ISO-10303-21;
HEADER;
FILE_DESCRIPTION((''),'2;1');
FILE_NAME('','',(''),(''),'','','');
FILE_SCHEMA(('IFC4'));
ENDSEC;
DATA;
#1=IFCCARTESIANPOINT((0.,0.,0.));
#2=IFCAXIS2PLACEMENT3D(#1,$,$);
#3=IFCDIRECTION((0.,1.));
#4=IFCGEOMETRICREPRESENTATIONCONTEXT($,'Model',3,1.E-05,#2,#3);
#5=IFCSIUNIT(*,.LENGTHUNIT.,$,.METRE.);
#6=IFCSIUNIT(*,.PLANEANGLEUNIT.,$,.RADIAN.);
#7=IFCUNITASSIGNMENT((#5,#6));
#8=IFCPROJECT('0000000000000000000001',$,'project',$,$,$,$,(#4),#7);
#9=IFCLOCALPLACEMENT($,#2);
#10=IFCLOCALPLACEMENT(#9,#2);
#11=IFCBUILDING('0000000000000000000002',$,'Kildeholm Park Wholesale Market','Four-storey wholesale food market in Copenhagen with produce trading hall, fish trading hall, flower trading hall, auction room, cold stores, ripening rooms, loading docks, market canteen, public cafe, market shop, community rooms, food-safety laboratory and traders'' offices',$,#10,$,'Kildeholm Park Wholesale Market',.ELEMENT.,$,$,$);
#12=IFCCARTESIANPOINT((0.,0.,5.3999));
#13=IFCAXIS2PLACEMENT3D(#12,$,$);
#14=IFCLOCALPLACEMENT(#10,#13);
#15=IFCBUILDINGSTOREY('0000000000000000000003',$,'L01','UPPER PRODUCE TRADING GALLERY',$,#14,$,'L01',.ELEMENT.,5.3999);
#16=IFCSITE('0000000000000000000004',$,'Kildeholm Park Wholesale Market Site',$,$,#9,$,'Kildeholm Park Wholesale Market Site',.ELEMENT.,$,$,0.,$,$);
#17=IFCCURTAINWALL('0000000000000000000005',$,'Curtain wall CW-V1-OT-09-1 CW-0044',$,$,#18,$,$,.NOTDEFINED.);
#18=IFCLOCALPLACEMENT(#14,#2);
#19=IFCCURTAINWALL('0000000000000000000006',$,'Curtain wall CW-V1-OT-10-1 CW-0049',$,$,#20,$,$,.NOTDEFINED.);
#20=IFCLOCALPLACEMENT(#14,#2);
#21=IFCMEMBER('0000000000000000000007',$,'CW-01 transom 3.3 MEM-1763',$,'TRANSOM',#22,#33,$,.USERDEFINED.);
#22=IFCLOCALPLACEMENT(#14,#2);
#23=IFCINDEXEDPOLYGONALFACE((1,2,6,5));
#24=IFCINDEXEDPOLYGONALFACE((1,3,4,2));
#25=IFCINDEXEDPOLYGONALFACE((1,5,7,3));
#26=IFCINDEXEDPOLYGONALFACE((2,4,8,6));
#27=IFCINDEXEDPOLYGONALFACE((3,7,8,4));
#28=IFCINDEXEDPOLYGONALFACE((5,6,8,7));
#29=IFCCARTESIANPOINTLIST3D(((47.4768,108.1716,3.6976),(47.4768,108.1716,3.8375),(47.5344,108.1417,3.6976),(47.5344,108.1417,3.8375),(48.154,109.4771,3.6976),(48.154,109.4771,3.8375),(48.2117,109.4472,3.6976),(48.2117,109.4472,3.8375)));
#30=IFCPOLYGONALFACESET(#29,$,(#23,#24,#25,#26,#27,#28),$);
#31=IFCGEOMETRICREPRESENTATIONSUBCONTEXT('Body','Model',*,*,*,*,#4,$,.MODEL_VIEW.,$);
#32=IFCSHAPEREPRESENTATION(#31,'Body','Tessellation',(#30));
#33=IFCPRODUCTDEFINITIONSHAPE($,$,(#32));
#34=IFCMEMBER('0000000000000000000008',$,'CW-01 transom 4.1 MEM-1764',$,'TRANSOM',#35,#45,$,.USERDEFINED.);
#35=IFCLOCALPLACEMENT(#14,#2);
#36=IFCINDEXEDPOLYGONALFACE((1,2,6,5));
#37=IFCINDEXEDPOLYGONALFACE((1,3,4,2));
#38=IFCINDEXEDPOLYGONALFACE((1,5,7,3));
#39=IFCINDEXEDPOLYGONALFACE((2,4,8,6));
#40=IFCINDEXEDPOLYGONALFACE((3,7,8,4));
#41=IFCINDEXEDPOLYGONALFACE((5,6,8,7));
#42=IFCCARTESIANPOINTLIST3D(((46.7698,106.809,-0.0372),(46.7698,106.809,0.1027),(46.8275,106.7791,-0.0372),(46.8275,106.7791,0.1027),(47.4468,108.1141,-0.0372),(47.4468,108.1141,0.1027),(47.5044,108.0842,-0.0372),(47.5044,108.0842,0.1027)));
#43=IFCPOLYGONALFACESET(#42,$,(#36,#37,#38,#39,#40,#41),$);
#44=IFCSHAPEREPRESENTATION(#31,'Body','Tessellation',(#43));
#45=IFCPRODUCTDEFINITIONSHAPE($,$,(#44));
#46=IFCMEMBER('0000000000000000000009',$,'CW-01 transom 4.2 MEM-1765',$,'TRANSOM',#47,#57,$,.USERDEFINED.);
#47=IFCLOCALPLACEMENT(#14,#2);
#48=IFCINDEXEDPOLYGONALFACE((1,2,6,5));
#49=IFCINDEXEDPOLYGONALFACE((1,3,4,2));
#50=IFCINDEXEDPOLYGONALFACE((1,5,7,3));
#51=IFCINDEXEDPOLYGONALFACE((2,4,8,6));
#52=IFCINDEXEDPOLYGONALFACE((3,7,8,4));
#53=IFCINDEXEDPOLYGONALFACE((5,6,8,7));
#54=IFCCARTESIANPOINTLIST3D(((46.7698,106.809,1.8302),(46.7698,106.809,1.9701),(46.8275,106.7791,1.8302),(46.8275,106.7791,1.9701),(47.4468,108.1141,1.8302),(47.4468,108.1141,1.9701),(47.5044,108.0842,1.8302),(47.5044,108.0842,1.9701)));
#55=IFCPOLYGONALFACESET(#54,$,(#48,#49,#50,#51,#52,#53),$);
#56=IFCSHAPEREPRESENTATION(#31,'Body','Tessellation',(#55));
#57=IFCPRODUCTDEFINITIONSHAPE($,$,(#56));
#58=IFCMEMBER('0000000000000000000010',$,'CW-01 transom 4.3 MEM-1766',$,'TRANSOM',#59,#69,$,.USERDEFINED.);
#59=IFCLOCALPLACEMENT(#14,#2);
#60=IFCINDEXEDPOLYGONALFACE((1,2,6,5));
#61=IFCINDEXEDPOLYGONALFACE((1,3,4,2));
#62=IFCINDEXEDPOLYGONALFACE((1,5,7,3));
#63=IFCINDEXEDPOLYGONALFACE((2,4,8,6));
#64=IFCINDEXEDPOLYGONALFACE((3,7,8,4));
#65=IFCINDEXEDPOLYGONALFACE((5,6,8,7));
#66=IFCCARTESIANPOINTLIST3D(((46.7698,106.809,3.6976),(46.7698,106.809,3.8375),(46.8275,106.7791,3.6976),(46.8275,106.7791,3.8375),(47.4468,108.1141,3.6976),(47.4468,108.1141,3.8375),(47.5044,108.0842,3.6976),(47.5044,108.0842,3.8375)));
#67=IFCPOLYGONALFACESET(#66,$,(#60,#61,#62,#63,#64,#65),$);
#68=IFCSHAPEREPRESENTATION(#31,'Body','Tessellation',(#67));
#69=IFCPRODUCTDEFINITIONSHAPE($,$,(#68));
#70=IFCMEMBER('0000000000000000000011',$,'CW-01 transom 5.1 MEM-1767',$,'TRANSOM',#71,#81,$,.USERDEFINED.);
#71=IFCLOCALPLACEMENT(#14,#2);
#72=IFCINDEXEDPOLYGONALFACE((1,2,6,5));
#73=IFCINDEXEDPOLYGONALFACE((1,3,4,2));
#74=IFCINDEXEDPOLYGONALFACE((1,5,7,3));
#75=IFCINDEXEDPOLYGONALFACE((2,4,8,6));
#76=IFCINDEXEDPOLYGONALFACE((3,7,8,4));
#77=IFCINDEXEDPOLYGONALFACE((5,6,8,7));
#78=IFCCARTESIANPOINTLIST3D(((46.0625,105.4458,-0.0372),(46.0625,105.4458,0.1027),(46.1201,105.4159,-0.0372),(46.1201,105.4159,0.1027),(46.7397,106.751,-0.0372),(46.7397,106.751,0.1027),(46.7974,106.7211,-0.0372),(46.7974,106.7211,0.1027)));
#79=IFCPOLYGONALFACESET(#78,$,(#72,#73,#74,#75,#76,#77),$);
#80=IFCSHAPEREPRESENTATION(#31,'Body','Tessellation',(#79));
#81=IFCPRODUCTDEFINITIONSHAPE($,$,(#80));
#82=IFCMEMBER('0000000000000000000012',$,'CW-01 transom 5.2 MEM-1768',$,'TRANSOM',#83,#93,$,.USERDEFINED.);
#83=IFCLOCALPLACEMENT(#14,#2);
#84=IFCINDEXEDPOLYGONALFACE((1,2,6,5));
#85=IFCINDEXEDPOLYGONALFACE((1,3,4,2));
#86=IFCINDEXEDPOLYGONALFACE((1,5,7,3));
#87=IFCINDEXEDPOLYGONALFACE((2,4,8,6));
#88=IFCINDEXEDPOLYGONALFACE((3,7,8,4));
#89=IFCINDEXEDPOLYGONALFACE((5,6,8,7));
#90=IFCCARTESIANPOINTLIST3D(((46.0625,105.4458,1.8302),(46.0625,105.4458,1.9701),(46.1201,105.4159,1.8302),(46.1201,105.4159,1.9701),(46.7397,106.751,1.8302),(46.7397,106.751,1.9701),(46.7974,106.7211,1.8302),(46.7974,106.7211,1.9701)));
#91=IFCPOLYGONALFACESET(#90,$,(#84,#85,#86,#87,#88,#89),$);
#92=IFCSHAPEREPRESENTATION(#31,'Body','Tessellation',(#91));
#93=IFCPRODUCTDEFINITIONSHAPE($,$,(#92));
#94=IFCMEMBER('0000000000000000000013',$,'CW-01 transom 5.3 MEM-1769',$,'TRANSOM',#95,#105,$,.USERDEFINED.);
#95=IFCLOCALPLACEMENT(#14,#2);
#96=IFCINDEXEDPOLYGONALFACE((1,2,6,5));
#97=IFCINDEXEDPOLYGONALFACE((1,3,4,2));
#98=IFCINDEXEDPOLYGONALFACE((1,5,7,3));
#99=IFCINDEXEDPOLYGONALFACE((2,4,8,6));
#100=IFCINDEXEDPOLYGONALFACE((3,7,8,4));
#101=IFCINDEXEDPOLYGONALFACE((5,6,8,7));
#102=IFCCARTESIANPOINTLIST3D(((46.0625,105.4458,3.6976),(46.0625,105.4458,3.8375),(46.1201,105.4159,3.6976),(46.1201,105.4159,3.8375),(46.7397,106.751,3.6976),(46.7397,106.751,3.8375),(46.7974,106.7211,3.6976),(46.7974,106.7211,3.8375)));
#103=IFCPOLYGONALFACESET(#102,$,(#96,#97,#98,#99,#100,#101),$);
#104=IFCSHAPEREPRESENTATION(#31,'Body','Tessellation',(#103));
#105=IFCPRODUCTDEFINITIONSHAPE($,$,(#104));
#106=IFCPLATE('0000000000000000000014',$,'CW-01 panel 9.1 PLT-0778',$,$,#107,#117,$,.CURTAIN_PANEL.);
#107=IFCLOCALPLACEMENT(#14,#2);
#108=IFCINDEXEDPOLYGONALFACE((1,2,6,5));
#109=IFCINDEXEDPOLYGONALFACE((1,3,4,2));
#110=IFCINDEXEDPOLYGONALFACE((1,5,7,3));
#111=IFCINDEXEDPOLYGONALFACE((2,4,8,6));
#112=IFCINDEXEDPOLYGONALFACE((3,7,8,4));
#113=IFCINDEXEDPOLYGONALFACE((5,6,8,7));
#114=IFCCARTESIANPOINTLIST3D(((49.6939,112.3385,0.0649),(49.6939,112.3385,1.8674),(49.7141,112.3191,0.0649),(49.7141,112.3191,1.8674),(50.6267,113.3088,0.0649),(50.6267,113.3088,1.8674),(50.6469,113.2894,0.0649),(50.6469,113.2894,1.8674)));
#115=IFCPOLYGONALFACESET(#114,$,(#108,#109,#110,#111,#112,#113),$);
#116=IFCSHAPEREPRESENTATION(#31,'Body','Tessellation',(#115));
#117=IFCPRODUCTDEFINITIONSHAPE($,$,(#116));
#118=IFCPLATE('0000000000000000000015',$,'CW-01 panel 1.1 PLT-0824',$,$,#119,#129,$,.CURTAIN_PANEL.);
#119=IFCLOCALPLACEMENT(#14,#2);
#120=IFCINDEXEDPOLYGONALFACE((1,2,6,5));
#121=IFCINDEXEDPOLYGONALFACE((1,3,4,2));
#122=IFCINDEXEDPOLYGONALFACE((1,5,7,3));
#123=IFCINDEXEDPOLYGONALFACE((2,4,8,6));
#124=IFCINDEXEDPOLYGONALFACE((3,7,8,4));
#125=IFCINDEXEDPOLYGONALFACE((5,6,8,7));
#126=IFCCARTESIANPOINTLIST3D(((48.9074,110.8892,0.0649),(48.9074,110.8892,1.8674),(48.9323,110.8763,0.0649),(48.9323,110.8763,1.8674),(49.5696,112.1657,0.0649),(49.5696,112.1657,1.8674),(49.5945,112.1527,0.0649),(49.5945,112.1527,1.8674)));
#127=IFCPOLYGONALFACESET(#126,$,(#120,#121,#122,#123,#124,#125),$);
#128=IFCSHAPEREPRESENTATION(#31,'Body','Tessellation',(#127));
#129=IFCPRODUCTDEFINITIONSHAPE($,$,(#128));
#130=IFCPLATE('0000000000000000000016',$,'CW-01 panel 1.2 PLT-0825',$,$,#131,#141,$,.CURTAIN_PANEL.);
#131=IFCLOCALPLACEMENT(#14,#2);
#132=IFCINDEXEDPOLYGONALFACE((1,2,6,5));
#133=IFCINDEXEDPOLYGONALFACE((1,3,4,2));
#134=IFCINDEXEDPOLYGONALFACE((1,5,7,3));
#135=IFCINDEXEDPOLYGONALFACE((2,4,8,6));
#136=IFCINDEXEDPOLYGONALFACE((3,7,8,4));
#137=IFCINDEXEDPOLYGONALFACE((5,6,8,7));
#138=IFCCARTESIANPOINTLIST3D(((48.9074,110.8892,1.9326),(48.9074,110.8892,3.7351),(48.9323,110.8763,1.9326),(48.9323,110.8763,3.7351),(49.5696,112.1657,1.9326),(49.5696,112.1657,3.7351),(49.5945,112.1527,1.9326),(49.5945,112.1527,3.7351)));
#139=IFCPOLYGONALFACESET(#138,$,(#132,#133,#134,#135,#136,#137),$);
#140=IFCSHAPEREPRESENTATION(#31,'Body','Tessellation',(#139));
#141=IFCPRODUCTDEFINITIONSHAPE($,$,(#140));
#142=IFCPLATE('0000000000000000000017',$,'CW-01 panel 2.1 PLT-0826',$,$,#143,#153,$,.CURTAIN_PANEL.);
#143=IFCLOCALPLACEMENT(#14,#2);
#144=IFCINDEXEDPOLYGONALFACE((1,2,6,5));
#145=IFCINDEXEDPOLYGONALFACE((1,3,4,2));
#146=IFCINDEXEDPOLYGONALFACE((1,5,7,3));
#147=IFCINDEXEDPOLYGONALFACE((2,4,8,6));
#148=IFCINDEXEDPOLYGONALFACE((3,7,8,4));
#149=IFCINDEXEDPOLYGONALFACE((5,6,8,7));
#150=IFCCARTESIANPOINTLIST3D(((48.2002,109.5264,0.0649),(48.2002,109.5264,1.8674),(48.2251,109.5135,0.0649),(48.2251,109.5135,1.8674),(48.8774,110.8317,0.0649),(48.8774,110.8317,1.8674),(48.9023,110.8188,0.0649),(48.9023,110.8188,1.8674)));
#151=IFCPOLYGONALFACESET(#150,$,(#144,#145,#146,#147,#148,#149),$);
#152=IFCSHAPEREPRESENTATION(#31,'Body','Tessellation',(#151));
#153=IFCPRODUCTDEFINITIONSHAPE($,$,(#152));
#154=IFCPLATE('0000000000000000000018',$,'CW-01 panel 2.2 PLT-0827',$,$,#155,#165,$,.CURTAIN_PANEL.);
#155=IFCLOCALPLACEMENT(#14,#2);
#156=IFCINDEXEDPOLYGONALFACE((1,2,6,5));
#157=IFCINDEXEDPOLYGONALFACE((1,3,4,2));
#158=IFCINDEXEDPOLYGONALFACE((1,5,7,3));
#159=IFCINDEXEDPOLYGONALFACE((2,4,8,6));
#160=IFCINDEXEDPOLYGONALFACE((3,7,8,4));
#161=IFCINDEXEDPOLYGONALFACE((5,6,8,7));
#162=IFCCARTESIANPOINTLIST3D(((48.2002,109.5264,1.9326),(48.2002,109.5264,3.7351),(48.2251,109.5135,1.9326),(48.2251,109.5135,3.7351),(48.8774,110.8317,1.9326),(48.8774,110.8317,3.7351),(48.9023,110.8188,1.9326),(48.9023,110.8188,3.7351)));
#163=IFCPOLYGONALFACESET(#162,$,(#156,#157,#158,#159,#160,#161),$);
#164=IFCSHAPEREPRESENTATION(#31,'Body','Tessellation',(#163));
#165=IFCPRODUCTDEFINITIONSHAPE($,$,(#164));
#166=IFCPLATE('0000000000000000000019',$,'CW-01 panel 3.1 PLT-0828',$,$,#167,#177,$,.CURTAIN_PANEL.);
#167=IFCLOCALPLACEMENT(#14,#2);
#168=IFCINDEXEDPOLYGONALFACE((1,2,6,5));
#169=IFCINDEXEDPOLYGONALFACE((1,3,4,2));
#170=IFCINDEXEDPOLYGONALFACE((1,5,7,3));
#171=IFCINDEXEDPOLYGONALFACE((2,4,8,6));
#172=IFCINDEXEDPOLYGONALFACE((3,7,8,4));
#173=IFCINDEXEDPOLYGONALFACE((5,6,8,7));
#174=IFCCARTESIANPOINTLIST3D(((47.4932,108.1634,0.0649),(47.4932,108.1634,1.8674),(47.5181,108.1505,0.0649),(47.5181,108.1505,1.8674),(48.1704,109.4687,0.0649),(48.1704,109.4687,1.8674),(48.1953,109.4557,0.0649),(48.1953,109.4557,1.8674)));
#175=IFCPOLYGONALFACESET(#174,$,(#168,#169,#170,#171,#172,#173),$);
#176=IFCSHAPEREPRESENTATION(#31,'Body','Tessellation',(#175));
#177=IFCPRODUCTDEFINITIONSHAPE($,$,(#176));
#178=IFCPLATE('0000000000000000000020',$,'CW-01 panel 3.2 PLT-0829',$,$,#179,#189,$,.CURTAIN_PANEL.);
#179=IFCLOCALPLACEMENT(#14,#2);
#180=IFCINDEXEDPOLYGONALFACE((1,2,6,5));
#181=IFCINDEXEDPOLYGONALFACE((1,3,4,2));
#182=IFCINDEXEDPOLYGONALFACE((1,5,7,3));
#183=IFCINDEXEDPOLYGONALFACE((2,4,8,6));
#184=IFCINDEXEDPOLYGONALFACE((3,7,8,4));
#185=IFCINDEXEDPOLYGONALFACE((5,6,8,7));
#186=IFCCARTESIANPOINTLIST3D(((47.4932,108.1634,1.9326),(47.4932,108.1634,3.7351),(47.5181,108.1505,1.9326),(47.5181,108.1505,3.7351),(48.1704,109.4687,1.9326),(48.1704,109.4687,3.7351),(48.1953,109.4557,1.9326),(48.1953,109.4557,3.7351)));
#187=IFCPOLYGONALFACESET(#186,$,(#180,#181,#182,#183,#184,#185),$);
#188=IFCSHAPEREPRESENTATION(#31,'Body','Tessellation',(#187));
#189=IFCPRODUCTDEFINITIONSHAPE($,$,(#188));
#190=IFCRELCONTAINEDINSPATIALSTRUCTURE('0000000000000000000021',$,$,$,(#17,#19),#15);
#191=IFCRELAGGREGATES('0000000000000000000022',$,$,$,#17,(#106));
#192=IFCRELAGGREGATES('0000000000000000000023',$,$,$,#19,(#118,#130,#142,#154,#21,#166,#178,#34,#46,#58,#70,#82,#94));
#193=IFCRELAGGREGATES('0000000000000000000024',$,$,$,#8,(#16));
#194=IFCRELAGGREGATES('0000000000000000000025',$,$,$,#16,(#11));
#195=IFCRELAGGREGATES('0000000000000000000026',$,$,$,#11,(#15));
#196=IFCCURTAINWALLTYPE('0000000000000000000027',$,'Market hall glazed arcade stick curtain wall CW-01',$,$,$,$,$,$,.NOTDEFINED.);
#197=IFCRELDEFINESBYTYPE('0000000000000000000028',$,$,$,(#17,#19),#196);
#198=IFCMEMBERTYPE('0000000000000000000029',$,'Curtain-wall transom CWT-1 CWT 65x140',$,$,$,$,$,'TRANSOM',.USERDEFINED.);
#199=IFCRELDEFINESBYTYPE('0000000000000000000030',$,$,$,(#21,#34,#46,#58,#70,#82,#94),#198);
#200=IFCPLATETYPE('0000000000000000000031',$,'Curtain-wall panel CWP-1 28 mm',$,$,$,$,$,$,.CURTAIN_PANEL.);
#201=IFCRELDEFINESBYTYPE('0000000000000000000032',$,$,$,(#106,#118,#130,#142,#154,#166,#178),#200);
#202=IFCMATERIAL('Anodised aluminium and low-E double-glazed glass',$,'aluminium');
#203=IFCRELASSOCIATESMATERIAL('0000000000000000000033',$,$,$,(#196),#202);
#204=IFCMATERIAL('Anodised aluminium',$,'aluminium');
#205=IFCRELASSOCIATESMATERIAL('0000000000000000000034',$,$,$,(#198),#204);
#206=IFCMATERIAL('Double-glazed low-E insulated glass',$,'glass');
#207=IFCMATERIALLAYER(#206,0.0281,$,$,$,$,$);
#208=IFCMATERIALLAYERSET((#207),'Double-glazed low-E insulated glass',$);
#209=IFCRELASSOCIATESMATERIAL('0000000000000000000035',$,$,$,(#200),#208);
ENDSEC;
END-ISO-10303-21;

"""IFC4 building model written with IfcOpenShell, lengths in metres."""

from ifc_helpers import new_model, si_unit, direction, frame, origin, origin_2d, place, context, subcontext, project, spatial, rectangle, extrude, material, layer, layer_set, material_profile, profile_set, type_object, element, aggregate, save


model = new_model("IFC4")

# Units and contexts
model_context = context("Model", 3, precision=1e-05, world=origin(), true_north=direction((0.0, 1.0)))
body_context = subcontext(model_context, "Body", "Model", "MODEL_VIEW")
ifc_project = project(units=[si_unit("LENGTHUNIT", "METRE"), si_unit("PLANEANGLEUNIT", "RADIAN")], contexts=[model_context])

# Site, building, storey
site_placement = place(None, origin())
site = spatial("IfcSite", under=ifc_project, at=site_placement, Name="Kildeholm Park Wholesale Market Site", LongName="Kildeholm Park Wholesale Market Site", CompositionType="ELEMENT", RefElevation=0.0)
building_placement = place(site_placement, origin())
building = spatial("IfcBuilding", under=site, at=building_placement, Name="Kildeholm Park Wholesale Market", Description="Four-storey wholesale food market in Copenhagen with produce trading hall, fish trading hall, flower trading hall, auction room, cold stores, ripening rooms, loading docks, market canteen, public cafe, market shop, community rooms, food-safety laboratory and traders' offices", LongName="Kildeholm Park Wholesale Market", CompositionType="ELEMENT")
storey_placement = place(building_placement, frame((0.0, 0.0, 5.3999)))
storey = spatial("IfcBuildingStorey", under=building, at=storey_placement, Name="L01", Description="UPPER PRODUCE TRADING GALLERY", LongName="L01", CompositionType="ELEMENT", Elevation=5.3999)

# Curtain wall
ifc_material_1 = material(Name="Anodised aluminium and low-E double-glazed glass", Category="aluminium")
curtain_wall_type = type_object("IfcCurtainWallType", Name="Market hall glazed arcade stick curtain wall CW-01", PredefinedType="NOTDEFINED", material=ifc_material_1)
curtain_wall_1_placement = place(storey_placement, origin())
curtain_wall_1 = element("IfcCurtainWall", 1, at=curtain_wall_1_placement, inside=storey, type_object=curtain_wall_type, Name="Curtain wall CW-V1-OT-09-1 CW-0044", PredefinedType="NOTDEFINED")
ifc_material_2 = material(Name="Anodised aluminium", Category="aluminium")

# Curtain wall, members
curtain_wall_2_placement = place(storey_placement, origin())
curtain_wall_2 = element("IfcCurtainWall", 2, at=curtain_wall_2_placement, inside=storey, type_object=curtain_wall_type, Name="Curtain wall CW-V1-OT-10-1 CW-0049", PredefinedType="NOTDEFINED")
ifc_material_profile_1 = material_profile(ifc_material_2, rectangle(XDim=0.0649, YDim=0.1399, at=origin_2d()), Name="CWT 65x140")
ifc_profile_set_1 = profile_set([ifc_material_profile_1], Name="Anodised aluminium")
member_type_1 = type_object("IfcMemberType", Name="Curtain-wall transom CWT-1 CWT 65x140", ElementType="TRANSOM", PredefinedType="USERDEFINED", material=ifc_profile_set_1)
member_1_placement = place(storey_placement, frame((48.1829, 109.4622, 3.7676), z_axis=(-0.460511, -0.887654, 0.0), x_axis=(0.887654, -0.460511, 0.0)))
member_1 = element("IfcMember", 3, at=member_1_placement, type_object=member_type_1, Name="CW-01 transom 3.3 MEM-1763", ObjectType="TRANSOM", PredefinedType="USERDEFINED", context=body_context, shape_type="SweptSolid", body=[
    extrude(rectangle(XDim=0.0649, YDim=0.1399, at=origin_2d()), origin(), (0.0, 0.0, 1.0), 1.4707),
])
member_2_placement = place(storey_placement, frame((47.4756, 108.0991, 0.0327), z_axis=(-0.460448, -0.887687, 0.0), x_axis=(0.887687, -0.460448, 0.0)))
member_2 = element("IfcMember", 4, at=member_2_placement, type_object=member_type_1, Name="CW-01 transom 4.1 MEM-1764", ObjectType="TRANSOM", PredefinedType="USERDEFINED", context=body_context, shape_type="SweptSolid", body=[
    extrude(rectangle(XDim=0.0649, YDim=0.1399, at=origin_2d()), origin(), (0.0, 0.0, 1.0), 1.4702),
])
member_3_placement = place(storey_placement, frame((47.4756, 108.0991, 1.9001), z_axis=(-0.460448, -0.887687, 0.0), x_axis=(0.887687, -0.460448, 0.0)))
member_3 = element("IfcMember", 5, at=member_3_placement, type_object=member_type_1, Name="CW-01 transom 4.2 MEM-1765", ObjectType="TRANSOM", PredefinedType="USERDEFINED", context=body_context, shape_type="SweptSolid", body=[
    extrude(rectangle(XDim=0.0649, YDim=0.1399, at=origin_2d()), origin(), (0.0, 0.0, 1.0), 1.4702),
])
member_4_placement = place(storey_placement, frame((47.4756, 108.0991, 3.7676), z_axis=(-0.460448, -0.887687, 0.0), x_axis=(0.887687, -0.460448, 0.0)))
member_4 = element("IfcMember", 6, at=member_4_placement, type_object=member_type_1, Name="CW-01 transom 4.3 MEM-1766", ObjectType="TRANSOM", PredefinedType="USERDEFINED", context=body_context, shape_type="SweptSolid", body=[
    extrude(rectangle(XDim=0.0649, YDim=0.1399, at=origin_2d()), origin(), (0.0, 0.0, 1.0), 1.4702),
])
member_5_placement = place(storey_placement, frame((46.7686, 106.7361, 0.0327), z_axis=(-0.460579, -0.887619, 0.0), x_axis=(0.887619, -0.460579, 0.0)))
member_5 = element("IfcMember", 7, at=member_5_placement, type_object=member_type_1, Name="CW-01 transom 5.1 MEM-1767", ObjectType="TRANSOM", PredefinedType="USERDEFINED", context=body_context, shape_type="SweptSolid", body=[
    extrude(rectangle(XDim=0.0649, YDim=0.1399, at=origin_2d()), origin(), (0.0, 0.0, 1.0), 1.4705),
])
member_6_placement = place(storey_placement, frame((46.7686, 106.7361, 1.9001), z_axis=(-0.460579, -0.887619, 0.0), x_axis=(0.887619, -0.460579, 0.0)))
member_6 = element("IfcMember", 8, at=member_6_placement, type_object=member_type_1, Name="CW-01 transom 5.2 MEM-1768", ObjectType="TRANSOM", PredefinedType="USERDEFINED", context=body_context, shape_type="SweptSolid", body=[
    extrude(rectangle(XDim=0.0649, YDim=0.1399, at=origin_2d()), origin(), (0.0, 0.0, 1.0), 1.4705),
])
member_7_placement = place(storey_placement, frame((46.7686, 106.7361, 3.7676), z_axis=(-0.460579, -0.887619, 0.0), x_axis=(0.887619, -0.460579, 0.0)))
member_7 = element("IfcMember", 9, at=member_7_placement, type_object=member_type_1, Name="CW-01 transom 5.3 MEM-1769", ObjectType="TRANSOM", PredefinedType="USERDEFINED", context=body_context, shape_type="SweptSolid", body=[
    extrude(rectangle(XDim=0.0649, YDim=0.1399, at=origin_2d()), origin(), (0.0, 0.0, 1.0), 1.4705),
])

# Plates
ifc_material_3 = material(Name="Double-glazed low-E insulated glass", Category="glass")
ifc_layer = layer(ifc_material_3, 0.0281)
ifc_layer_set = layer_set([ifc_layer], Name="Double-glazed low-E insulated glass")
plate_type = type_object("IfcPlateType", Name="Curtain-wall panel CWP-1 28 mm", PredefinedType="CURTAIN_PANEL", material=ifc_layer_set)
plate_1_placement = place(storey_placement, frame((50.1704, 112.814, 0.0649), z_axis=(0.0, 0.0, 1.0), x_axis=(-0.693038, -0.720901, 0.0)))
plate_1 = element("IfcPlate", 10, at=plate_1_placement, type_object=plate_type, Name="CW-01 panel 9.1 PLT-0778", PredefinedType="CURTAIN_PANEL", context=body_context, shape_type="SweptSolid", body=[
    extrude(rectangle(XDim=1.3459, YDim=0.0281, at=origin_2d()), origin(), (0.0, 0.0, 1.0), 1.8025),
])
aggregate(curtain_wall_1, [plate_1])
plate_2_placement = place(storey_placement, frame((49.251, 111.521, 0.0649), z_axis=(0.0, 0.0, 1.0), x_axis=(-0.460514, -0.887652, 0.0)))
plate_2 = element("IfcPlate", 11, at=plate_2_placement, type_object=plate_type, Name="CW-01 panel 1.1 PLT-0824", PredefinedType="CURTAIN_PANEL", context=body_context, shape_type="SweptSolid", body=[
    extrude(rectangle(XDim=1.438, YDim=0.0281, at=origin_2d()), origin(), (0.0, 0.0, 1.0), 1.8025),
])
plate_3_placement = place(storey_placement, frame((49.251, 111.521, 1.9326), z_axis=(0.0, 0.0, 1.0), x_axis=(-0.460514, -0.887652, 0.0)))
plate_3 = element("IfcPlate", 12, at=plate_3_placement, type_object=plate_type, Name="CW-01 panel 1.2 PLT-0825", PredefinedType="CURTAIN_PANEL", context=body_context, shape_type="SweptSolid", body=[
    extrude(rectangle(XDim=1.438, YDim=0.0281, at=origin_2d()), origin(), (0.0, 0.0, 1.0), 1.8025),
])
plate_4_placement = place(storey_placement, frame((48.5513, 110.1726, 0.0649), z_axis=(0.0, 0.0, 1.0), x_axis=(-0.460514, -0.887652, 0.0)))
plate_4 = element("IfcPlate", 13, at=plate_4_placement, type_object=plate_type, Name="CW-01 panel 2.1 PLT-0826", PredefinedType="CURTAIN_PANEL", context=body_context, shape_type="SweptSolid", body=[
    extrude(rectangle(XDim=1.4705, YDim=0.0281, at=origin_2d()), origin(), (0.0, 0.0, 1.0), 1.8025),
])
plate_5_placement = place(storey_placement, frame((48.5513, 110.1726, 1.9326), z_axis=(0.0, 0.0, 1.0), x_axis=(-0.460514, -0.887652, 0.0)))
plate_5 = element("IfcPlate", 14, at=plate_5_placement, type_object=plate_type, Name="CW-01 panel 2.2 PLT-0827", PredefinedType="CURTAIN_PANEL", context=body_context, shape_type="SweptSolid", body=[
    extrude(rectangle(XDim=1.4705, YDim=0.0281, at=origin_2d()), origin(), (0.0, 0.0, 1.0), 1.8025),
])
plate_6_placement = place(storey_placement, frame((47.8442, 108.8096, 0.0649), z_axis=(0.0, 0.0, 1.0), x_axis=(-0.460514, -0.887652, 0.0)))
plate_6 = element("IfcPlate", 15, at=plate_6_placement, type_object=plate_type, Name="CW-01 panel 3.1 PLT-0828", PredefinedType="CURTAIN_PANEL", context=body_context, shape_type="SweptSolid", body=[
    extrude(rectangle(XDim=1.4705, YDim=0.0281, at=origin_2d()), origin(), (0.0, 0.0, 1.0), 1.8025),
])
plate_7_placement = place(storey_placement, frame((47.8442, 108.8096, 1.9326), z_axis=(0.0, 0.0, 1.0), x_axis=(-0.460514, -0.887652, 0.0)))
plate_7 = element("IfcPlate", 16, at=plate_7_placement, type_object=plate_type, Name="CW-01 panel 3.2 PLT-0829", PredefinedType="CURTAIN_PANEL", context=body_context, shape_type="SweptSolid", body=[
    extrude(rectangle(XDim=1.4705, YDim=0.0281, at=origin_2d()), origin(), (0.0, 0.0, 1.0), 1.8025),
])
aggregate(curtain_wall_2, [plate_2, plate_3, plate_4, plate_5, member_1, plate_6, plate_7, member_2, member_3, member_4, member_5, member_6, member_7])

save(model, "model.ifc")
